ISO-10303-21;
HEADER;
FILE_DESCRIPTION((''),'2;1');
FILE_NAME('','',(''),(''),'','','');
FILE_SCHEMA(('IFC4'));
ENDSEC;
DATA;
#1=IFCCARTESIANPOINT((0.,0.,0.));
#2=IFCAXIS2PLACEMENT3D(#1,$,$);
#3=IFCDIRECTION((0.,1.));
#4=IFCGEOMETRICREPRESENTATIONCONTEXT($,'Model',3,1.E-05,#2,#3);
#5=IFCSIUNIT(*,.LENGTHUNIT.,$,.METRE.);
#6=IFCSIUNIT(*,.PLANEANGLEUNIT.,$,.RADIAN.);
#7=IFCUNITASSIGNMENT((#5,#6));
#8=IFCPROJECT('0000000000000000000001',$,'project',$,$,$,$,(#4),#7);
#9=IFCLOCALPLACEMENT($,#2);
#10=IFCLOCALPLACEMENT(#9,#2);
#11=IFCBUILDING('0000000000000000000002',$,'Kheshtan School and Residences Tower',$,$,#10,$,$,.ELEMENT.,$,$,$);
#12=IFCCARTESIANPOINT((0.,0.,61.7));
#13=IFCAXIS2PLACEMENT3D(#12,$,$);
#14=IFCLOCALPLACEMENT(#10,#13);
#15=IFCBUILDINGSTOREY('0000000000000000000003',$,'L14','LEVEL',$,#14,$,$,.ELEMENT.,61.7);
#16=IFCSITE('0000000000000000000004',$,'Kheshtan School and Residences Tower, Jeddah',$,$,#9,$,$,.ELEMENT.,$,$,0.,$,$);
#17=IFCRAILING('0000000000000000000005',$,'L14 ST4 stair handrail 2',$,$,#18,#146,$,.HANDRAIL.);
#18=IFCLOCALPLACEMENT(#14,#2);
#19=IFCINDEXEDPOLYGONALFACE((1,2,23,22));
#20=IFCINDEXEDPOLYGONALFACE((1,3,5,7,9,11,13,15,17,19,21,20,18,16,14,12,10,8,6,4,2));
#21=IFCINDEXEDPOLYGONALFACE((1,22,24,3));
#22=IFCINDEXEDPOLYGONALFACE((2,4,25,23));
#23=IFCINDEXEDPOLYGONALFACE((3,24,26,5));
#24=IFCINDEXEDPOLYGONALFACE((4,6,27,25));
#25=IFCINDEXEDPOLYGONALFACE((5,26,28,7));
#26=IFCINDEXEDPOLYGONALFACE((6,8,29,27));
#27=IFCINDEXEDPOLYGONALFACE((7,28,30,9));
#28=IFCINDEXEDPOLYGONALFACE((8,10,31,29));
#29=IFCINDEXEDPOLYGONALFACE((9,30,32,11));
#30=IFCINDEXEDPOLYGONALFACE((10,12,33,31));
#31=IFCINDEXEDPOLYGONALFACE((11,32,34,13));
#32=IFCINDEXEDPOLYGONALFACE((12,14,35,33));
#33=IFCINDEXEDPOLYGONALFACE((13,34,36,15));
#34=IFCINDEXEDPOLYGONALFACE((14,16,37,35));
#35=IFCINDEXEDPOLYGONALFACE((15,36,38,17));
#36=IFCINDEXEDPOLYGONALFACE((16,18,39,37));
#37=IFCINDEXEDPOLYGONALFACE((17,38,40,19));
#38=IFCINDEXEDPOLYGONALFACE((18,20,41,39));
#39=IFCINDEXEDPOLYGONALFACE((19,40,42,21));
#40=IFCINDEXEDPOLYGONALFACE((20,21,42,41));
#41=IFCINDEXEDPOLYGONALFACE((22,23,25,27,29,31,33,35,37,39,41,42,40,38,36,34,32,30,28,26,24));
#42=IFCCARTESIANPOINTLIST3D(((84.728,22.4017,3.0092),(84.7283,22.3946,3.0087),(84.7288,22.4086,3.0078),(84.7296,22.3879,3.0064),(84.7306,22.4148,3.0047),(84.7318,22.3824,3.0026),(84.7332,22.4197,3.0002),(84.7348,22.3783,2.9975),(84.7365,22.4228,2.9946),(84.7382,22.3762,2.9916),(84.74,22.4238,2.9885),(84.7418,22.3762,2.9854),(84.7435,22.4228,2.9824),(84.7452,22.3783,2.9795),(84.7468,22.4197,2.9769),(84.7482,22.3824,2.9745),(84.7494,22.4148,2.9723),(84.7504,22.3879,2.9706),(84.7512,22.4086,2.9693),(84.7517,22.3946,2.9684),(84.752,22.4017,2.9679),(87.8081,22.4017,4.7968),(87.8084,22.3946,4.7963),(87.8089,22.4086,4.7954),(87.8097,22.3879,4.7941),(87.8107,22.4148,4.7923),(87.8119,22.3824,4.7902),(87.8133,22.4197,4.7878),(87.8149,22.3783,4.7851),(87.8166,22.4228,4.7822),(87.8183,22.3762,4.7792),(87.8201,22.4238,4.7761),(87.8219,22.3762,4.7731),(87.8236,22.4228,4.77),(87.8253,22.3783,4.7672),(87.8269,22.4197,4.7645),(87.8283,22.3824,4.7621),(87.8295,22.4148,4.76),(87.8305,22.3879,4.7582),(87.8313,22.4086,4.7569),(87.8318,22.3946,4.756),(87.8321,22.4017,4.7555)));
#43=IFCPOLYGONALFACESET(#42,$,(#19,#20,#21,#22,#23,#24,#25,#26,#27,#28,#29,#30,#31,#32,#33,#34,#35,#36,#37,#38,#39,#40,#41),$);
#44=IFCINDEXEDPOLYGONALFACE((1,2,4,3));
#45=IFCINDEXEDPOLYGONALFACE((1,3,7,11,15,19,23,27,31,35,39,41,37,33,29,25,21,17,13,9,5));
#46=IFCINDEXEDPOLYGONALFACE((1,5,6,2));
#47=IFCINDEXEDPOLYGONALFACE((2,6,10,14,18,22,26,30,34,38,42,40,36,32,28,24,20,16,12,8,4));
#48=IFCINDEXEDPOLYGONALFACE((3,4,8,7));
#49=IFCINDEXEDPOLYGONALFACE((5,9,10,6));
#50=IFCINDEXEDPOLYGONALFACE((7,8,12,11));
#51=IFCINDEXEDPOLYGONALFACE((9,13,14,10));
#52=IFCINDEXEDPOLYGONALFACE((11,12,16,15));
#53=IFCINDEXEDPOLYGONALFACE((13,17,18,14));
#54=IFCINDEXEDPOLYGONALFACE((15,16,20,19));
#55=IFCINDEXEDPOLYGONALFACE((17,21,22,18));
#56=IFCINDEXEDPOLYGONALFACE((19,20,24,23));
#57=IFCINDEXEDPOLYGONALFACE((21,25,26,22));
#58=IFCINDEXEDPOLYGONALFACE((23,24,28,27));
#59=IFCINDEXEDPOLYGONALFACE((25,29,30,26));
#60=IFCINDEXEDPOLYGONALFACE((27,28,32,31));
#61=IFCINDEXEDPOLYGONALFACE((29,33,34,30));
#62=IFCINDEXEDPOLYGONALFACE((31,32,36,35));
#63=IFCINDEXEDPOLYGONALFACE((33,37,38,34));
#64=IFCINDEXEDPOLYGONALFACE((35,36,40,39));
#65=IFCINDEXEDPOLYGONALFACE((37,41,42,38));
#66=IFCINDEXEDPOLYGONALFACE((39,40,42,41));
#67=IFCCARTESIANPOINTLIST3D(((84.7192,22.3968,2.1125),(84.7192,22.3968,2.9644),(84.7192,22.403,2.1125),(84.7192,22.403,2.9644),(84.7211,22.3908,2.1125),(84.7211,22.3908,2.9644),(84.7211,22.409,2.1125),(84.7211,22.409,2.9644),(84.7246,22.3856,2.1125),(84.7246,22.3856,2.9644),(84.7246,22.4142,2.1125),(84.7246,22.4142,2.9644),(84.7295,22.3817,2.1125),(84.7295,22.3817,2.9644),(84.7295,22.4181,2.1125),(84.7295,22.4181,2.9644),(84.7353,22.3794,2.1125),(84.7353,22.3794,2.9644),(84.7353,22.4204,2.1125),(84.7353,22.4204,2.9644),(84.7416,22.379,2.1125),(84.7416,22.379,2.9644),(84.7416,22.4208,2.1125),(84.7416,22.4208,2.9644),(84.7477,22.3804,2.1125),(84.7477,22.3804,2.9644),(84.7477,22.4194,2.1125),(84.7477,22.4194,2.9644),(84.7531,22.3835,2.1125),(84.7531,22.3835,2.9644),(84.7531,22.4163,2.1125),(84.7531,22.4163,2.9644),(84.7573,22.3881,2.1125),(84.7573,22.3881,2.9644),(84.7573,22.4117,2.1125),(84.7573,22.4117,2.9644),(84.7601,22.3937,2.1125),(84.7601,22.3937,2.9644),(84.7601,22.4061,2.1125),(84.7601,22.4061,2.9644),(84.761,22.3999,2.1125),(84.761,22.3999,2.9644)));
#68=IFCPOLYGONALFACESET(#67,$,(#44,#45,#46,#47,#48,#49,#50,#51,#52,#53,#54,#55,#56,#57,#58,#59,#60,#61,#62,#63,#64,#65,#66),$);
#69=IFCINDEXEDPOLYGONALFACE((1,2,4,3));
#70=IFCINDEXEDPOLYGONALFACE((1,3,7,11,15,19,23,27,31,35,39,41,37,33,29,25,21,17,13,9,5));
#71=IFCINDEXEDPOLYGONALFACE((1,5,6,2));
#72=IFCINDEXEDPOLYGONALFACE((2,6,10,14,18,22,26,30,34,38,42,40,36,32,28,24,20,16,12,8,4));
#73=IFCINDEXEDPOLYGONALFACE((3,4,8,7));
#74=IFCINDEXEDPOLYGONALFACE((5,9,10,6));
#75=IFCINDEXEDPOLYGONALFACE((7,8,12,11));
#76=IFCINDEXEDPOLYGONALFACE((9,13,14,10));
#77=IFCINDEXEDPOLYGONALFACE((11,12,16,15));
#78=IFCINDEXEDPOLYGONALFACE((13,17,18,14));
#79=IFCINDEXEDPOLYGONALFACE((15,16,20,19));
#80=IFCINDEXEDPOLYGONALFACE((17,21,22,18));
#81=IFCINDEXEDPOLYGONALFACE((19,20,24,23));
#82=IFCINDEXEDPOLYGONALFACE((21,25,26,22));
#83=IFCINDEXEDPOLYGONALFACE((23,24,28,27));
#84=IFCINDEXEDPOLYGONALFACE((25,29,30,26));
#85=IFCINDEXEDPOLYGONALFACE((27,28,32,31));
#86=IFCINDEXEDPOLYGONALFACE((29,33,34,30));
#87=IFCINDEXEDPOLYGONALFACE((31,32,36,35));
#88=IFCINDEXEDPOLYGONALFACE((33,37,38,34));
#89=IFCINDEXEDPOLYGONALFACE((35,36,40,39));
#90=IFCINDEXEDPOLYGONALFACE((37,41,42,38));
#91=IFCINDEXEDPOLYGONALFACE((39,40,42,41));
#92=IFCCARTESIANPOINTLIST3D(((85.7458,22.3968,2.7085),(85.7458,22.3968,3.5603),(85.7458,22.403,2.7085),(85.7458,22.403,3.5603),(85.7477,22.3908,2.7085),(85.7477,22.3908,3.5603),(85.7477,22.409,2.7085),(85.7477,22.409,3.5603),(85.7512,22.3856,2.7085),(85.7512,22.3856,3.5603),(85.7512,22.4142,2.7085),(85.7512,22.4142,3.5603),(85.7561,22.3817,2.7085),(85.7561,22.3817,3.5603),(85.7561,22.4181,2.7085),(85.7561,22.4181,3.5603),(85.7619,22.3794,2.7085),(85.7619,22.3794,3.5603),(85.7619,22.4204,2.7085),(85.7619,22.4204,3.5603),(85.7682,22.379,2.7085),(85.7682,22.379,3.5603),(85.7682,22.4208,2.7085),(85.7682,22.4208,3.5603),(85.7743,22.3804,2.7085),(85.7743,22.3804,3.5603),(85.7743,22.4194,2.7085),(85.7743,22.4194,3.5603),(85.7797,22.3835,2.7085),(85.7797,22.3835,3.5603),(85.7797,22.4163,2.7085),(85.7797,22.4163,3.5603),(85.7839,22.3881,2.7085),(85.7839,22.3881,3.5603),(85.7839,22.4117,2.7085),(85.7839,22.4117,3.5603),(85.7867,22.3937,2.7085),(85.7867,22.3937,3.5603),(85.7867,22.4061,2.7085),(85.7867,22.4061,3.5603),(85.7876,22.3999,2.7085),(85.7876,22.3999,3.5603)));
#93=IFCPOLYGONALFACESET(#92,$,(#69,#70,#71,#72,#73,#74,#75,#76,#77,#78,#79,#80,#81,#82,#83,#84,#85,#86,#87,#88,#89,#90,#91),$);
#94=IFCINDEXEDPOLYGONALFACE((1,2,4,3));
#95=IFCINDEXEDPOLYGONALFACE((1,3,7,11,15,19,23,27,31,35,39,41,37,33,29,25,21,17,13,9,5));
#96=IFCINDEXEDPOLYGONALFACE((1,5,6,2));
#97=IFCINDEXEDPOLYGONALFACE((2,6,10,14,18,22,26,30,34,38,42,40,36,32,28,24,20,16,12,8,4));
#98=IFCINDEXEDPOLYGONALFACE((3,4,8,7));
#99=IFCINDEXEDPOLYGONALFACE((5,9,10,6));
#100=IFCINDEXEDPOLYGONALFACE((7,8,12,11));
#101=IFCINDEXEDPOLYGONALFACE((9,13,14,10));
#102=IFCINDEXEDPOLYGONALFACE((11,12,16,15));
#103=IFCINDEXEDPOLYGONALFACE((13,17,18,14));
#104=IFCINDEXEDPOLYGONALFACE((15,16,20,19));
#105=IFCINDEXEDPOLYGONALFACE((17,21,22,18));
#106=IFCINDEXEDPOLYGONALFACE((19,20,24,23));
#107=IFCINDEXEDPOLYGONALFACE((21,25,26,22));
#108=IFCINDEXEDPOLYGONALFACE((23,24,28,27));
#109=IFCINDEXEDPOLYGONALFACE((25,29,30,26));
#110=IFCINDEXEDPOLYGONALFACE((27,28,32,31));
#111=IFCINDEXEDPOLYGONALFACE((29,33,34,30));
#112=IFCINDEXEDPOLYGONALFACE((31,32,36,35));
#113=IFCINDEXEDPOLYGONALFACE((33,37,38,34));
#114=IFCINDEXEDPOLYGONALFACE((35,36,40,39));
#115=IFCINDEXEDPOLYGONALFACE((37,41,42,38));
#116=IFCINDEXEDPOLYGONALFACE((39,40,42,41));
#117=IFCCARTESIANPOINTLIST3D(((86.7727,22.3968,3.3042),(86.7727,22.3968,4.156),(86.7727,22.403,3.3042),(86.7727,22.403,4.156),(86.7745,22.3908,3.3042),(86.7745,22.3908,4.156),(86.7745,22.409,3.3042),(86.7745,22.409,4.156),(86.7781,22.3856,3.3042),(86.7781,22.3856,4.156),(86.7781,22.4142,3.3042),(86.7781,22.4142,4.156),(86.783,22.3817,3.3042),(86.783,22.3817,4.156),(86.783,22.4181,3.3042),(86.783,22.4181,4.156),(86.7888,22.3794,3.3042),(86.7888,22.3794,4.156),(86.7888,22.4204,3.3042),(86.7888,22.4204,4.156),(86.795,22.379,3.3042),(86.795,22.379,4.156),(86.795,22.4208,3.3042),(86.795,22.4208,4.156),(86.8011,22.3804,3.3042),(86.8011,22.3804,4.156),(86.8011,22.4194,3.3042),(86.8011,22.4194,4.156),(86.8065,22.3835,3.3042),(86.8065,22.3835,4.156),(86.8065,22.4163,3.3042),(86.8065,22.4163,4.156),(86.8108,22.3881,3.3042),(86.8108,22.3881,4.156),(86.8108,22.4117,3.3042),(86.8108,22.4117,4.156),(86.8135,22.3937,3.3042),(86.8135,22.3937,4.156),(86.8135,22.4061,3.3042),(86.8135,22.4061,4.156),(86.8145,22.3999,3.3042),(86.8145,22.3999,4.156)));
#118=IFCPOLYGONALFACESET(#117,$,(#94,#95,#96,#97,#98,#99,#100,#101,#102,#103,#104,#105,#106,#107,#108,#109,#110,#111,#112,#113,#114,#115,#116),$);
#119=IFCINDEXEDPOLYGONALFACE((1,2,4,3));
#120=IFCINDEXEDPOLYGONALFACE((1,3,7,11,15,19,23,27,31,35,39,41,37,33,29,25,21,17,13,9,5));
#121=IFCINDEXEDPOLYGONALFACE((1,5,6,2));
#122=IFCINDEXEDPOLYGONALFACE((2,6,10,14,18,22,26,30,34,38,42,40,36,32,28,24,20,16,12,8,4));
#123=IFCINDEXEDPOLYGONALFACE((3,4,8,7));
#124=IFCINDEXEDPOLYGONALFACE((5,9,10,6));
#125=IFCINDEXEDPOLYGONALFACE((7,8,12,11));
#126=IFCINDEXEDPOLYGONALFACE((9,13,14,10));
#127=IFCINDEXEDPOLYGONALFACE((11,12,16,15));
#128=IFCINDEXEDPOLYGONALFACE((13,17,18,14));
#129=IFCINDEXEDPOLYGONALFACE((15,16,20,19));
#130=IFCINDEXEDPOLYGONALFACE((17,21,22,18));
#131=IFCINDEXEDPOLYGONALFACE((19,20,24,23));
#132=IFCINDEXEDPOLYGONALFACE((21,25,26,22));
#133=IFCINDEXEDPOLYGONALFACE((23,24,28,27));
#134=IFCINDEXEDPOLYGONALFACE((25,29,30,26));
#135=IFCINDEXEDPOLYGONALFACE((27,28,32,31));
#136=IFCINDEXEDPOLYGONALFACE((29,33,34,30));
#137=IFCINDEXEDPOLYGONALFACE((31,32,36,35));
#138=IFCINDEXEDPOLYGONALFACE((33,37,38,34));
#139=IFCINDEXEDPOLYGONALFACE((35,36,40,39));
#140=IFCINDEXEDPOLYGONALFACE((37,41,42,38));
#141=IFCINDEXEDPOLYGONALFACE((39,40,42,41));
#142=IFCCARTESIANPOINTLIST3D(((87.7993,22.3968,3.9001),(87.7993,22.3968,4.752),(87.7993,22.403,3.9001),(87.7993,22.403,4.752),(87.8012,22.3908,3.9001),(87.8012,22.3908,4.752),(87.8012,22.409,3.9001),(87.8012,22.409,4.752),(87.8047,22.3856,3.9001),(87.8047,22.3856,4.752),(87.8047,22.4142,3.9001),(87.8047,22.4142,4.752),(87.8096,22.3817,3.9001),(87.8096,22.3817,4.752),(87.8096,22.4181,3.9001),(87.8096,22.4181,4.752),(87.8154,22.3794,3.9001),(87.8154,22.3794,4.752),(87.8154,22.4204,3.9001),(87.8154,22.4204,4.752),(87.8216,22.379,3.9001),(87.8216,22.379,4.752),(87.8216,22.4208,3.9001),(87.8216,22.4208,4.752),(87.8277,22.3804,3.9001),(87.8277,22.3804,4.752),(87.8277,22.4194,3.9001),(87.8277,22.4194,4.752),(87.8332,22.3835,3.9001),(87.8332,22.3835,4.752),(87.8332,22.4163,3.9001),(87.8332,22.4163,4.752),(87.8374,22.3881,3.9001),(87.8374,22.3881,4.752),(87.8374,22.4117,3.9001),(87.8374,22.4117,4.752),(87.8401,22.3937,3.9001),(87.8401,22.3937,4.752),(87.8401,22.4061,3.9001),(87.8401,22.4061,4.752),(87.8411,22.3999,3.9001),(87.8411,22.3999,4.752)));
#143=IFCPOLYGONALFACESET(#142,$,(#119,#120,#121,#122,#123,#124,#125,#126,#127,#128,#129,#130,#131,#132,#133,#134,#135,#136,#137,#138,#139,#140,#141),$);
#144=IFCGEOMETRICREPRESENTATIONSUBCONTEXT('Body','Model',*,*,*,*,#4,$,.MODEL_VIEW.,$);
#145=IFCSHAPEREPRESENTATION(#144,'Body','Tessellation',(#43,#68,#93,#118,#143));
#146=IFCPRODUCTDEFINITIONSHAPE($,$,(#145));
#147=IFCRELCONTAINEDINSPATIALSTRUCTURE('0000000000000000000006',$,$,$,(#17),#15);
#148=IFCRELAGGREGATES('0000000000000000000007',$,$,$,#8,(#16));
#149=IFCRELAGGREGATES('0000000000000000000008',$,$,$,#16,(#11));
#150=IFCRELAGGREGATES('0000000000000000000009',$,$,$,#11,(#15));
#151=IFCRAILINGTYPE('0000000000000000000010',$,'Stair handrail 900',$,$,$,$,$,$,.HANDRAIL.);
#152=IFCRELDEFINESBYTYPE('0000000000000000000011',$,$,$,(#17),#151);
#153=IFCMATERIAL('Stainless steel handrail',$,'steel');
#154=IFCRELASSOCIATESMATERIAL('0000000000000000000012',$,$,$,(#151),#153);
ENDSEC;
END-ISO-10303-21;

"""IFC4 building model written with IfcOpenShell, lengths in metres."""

from ifc_helpers import new_model, si_unit, direction, frame, origin, origin_2d, place, context, subcontext, project, spatial, circle, extrude, material, type_object, element, save


model = new_model("IFC4")

# Units and contexts
model_context = context("Model", 3, precision=1e-05, world=origin(), true_north=direction((0.0, 1.0)))
body_context = subcontext(model_context, "Body", "Model", "MODEL_VIEW")
ifc_project = project(units=[si_unit("LENGTHUNIT", "METRE"), si_unit("PLANEANGLEUNIT", "RADIAN")], contexts=[model_context])

# Site, building, storey
site_placement = place(None, origin())
site = spatial("IfcSite", under=ifc_project, at=site_placement, Name="Kheshtan School and Residences Tower, Jeddah", CompositionType="ELEMENT", RefElevation=0.0)
building_placement = place(site_placement, origin())
building = spatial("IfcBuilding", under=site, at=building_placement, Name="Kheshtan School and Residences Tower", CompositionType="ELEMENT")
storey_placement = place(building_placement, frame((0.0, 0.0, 61.7)))
storey = spatial("IfcBuildingStorey", under=building, at=storey_placement, Name="L14", Description="LEVEL", CompositionType="ELEMENT", Elevation=61.7)

# Railing
ifc_material_1 = material(Name="Stainless steel handrail", Category="steel")
railing_type_1 = type_object("IfcRailingType", Name="Stair handrail 900", PredefinedType="HANDRAIL", material=ifc_material_1)
railing_1_placement = place(storey_placement, frame((84.74, 22.3999, 2.1125)))
element("IfcRailing", 1, at=railing_1_placement, inside=storey, type_object=railing_type_1, Name="L14 ST4 stair handrail 2", PredefinedType="HANDRAIL", context=body_context, shape_type="SweptSolid", body=[
    extrude(circle(Radius=0.0239, at=origin_2d()), frame((0.0, 0.0, 0.876), z_axis=(0.864891, 0.0, 0.50196), x_axis=(0.0, 1.0, 0.0)), (0.0, 0.0, 1.0), 3.5613),
    extrude(circle(Radius=0.021, at=origin_2d()), origin(), (0.0, 0.0, 1.0), 0.8518),
    extrude(circle(Radius=0.021, at=origin_2d()), frame((1.0266, 0.0, 0.5959)), (0.0, 0.0, 1.0), 0.8518),
    extrude(circle(Radius=0.021, at=origin_2d()), frame((2.0535, 0.0, 1.1917)), (0.0, 0.0, 1.0), 0.8518),
    extrude(circle(Radius=0.021, at=origin_2d()), frame((3.0801, 0.0, 1.7876)), (0.0, 0.0, 1.0), 0.8518),
])

save(model, "model.ifc")
